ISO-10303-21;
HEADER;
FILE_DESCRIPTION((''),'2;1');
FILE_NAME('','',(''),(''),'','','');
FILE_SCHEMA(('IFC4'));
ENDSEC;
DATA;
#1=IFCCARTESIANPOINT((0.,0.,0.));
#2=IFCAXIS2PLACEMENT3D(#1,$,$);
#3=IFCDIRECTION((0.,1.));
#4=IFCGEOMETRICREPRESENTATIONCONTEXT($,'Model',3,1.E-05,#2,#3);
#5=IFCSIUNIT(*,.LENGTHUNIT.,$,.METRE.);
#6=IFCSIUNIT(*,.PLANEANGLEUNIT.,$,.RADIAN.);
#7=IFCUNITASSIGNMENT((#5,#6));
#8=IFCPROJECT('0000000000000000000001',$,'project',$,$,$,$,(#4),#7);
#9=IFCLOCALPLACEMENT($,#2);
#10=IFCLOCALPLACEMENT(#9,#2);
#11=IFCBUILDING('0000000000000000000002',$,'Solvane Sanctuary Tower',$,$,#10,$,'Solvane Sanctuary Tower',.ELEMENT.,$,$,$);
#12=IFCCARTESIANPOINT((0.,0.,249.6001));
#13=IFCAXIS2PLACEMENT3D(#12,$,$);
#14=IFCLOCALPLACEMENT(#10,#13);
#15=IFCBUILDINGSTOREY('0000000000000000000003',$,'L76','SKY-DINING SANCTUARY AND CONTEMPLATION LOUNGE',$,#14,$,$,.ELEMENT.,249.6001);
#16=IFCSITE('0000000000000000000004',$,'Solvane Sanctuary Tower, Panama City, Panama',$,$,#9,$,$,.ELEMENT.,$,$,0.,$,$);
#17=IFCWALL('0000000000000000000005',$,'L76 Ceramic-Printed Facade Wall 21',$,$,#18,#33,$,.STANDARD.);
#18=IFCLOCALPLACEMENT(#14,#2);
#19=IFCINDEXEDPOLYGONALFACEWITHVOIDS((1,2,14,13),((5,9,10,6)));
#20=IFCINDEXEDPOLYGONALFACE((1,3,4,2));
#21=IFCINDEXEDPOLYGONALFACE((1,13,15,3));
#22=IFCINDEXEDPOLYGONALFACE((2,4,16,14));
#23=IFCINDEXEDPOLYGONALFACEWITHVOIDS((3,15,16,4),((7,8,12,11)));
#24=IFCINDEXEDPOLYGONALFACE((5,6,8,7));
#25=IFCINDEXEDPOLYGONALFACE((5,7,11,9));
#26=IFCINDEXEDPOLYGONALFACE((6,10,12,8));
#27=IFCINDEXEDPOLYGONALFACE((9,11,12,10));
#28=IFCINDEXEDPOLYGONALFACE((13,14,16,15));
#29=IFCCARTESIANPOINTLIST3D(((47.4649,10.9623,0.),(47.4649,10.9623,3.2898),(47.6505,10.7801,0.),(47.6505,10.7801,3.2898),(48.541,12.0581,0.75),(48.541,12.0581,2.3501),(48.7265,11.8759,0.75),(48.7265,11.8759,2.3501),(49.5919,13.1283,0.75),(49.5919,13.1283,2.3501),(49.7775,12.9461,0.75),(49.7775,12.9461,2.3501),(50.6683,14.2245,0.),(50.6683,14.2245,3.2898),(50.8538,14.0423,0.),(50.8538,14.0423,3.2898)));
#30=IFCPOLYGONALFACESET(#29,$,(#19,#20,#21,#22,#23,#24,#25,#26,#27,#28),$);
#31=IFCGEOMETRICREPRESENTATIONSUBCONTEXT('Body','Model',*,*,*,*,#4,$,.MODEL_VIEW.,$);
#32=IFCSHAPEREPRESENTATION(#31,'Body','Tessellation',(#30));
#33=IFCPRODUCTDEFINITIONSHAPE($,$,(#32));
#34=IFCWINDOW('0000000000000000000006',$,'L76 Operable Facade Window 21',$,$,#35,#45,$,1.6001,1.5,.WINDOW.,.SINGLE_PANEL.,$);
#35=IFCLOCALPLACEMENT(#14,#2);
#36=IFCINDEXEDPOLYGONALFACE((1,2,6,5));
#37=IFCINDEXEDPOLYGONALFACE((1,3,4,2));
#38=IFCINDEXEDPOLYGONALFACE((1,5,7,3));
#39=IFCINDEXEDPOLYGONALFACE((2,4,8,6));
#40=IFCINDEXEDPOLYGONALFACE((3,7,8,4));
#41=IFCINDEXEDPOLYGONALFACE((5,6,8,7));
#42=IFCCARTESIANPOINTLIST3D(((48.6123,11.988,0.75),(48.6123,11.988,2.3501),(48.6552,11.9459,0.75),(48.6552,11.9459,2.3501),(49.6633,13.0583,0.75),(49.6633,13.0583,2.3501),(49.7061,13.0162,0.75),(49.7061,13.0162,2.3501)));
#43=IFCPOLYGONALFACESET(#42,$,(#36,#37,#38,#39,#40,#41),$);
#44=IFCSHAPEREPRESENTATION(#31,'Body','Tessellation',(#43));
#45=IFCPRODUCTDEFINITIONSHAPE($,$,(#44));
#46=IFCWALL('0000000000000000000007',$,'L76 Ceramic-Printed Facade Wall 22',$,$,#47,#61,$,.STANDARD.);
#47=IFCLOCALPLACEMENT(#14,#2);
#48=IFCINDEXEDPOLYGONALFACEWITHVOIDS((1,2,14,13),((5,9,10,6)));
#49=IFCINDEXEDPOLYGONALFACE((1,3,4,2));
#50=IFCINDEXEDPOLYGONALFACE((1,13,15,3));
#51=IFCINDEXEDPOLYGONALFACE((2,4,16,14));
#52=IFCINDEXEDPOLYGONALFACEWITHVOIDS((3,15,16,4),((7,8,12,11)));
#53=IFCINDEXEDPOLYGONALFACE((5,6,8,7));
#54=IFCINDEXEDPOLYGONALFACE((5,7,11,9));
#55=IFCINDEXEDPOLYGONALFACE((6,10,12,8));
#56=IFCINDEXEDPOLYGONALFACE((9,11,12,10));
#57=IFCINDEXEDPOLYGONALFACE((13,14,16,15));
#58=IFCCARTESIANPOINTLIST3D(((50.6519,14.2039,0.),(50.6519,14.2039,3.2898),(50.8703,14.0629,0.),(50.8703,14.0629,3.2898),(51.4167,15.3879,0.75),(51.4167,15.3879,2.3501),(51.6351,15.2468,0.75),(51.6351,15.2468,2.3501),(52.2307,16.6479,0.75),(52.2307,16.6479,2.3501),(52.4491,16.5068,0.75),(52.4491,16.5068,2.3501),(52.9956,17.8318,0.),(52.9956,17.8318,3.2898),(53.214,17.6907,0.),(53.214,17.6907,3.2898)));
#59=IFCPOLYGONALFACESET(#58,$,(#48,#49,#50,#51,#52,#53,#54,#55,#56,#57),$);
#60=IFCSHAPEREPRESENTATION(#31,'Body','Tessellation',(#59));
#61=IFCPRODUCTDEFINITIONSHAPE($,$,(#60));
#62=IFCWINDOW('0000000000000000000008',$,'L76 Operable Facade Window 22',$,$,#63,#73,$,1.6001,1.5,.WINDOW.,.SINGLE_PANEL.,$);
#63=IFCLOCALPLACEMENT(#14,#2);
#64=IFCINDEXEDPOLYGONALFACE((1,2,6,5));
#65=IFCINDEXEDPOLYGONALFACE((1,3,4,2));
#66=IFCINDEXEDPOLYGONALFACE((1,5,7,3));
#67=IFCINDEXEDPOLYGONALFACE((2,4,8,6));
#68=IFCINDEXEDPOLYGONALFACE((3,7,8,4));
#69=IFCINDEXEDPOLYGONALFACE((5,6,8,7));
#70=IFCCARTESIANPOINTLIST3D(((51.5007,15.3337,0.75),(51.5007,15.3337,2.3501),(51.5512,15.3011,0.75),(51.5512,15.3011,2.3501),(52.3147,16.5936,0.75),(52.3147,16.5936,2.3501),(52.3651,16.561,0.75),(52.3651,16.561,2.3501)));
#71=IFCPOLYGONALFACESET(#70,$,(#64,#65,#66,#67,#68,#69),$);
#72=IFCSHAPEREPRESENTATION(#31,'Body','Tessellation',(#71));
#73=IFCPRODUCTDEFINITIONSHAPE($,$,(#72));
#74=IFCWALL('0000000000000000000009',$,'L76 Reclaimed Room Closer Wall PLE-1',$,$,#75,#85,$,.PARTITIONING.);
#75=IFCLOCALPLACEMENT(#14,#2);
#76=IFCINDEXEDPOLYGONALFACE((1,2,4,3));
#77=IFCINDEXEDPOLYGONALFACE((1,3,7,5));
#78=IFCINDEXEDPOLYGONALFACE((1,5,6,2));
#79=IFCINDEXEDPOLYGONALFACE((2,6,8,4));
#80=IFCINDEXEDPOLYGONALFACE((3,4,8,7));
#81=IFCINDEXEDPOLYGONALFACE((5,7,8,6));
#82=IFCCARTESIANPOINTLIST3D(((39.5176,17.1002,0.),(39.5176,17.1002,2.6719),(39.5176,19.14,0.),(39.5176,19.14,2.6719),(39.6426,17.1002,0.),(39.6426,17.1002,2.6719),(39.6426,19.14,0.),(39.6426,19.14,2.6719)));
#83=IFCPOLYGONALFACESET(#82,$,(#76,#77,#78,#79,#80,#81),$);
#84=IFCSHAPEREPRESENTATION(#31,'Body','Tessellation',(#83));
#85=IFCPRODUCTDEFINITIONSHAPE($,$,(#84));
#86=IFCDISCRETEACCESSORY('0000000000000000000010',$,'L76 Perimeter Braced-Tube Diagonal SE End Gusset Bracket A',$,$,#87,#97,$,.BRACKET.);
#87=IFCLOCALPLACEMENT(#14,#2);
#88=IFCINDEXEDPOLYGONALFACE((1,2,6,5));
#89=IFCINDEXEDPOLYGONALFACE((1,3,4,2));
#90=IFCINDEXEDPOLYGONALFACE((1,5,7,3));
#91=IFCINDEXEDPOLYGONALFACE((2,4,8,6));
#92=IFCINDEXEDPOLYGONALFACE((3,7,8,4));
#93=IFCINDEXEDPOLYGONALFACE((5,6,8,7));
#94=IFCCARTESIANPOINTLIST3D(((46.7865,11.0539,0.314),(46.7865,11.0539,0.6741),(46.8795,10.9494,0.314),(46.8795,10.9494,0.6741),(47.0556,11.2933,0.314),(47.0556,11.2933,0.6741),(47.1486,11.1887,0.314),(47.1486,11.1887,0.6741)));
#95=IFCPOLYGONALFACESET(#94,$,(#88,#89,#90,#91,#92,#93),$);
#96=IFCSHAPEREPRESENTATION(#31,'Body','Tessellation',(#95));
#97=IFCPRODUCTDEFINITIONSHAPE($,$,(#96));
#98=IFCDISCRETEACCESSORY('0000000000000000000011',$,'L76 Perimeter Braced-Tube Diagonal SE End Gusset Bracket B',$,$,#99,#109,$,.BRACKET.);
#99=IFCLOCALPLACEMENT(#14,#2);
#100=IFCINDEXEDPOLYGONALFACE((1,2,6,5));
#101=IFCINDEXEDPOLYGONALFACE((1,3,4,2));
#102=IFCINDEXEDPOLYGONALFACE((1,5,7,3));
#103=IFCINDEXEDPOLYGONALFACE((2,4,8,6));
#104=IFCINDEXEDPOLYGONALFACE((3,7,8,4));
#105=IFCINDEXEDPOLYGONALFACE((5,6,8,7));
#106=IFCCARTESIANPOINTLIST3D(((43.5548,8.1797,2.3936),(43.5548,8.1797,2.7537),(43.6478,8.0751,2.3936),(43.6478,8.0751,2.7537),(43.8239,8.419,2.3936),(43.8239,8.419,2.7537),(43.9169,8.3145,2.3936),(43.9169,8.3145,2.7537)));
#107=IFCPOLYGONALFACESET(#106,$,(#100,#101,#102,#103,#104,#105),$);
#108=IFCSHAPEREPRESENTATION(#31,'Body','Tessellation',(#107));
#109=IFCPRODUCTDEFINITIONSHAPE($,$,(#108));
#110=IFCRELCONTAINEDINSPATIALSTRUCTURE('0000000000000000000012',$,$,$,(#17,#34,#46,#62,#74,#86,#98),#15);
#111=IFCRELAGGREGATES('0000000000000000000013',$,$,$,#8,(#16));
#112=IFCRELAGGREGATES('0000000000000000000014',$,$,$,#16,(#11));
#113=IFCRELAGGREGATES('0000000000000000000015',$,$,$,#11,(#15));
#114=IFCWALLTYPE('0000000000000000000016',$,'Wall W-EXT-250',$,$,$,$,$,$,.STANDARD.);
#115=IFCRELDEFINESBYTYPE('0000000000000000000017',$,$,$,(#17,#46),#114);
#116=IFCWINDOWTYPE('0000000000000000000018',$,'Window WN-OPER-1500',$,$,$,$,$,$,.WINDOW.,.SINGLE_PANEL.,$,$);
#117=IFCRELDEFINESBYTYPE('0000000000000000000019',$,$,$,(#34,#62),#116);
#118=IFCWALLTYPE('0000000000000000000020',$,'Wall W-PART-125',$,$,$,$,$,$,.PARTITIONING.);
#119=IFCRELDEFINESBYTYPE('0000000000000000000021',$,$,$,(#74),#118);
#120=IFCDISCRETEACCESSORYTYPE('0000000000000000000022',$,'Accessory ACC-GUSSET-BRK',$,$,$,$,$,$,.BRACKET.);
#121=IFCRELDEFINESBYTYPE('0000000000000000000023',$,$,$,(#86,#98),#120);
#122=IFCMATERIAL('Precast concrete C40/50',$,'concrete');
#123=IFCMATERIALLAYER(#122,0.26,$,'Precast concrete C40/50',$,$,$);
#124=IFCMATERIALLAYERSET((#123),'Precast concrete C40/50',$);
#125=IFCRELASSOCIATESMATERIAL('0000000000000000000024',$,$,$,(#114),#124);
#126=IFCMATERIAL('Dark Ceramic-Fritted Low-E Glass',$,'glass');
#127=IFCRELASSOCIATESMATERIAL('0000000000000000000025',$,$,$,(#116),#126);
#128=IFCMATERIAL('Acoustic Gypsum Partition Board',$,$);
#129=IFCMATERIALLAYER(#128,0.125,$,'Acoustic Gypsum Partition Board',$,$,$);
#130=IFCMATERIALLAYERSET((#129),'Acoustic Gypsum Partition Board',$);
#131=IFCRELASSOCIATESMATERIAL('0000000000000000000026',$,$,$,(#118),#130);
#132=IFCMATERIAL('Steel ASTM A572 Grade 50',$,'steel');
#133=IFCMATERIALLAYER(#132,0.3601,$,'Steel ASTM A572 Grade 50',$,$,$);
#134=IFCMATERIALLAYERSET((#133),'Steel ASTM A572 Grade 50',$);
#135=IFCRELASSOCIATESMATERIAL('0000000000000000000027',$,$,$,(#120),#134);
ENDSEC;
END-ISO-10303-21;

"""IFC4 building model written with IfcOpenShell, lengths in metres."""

from ifc_helpers import new_model, si_unit, direction, frame, frame_2d, origin, origin_2d, place, context, subcontext, project, spatial, rectangle, extrude, material, layer, layer_set, type_object, element, fill, save


model = new_model("IFC4")

# Units and contexts
model_context = context("Model", 3, precision=1e-05, world=origin(), true_north=direction((0.0, 1.0)))
body_context = subcontext(model_context, "Body", "Model", "MODEL_VIEW")
ifc_project = project(units=[si_unit("LENGTHUNIT", "METRE"), si_unit("PLANEANGLEUNIT", "RADIAN")], contexts=[model_context])

# Site, building, storey
site_placement = place(None, origin())
site = spatial("IfcSite", under=ifc_project, at=site_placement, Name="Solvane Sanctuary Tower, Panama City, Panama", CompositionType="ELEMENT", RefElevation=0.0)
building_placement = place(site_placement, origin())
building = spatial("IfcBuilding", under=site, at=building_placement, Name="Solvane Sanctuary Tower", LongName="Solvane Sanctuary Tower", CompositionType="ELEMENT")
storey_placement = place(building_placement, frame((0.0, 0.0, 249.6001)))
storey = spatial("IfcBuildingStorey", under=building, at=storey_placement, Name="L76", Description="SKY-DINING SANCTUARY AND CONTEMPLATION LOUNGE", CompositionType="ELEMENT", Elevation=249.6001)

# Shared definitions
ifc_material_1 = material(Name="Dark Ceramic-Fritted Low-E Glass", Category="glass")

# Shared definitions
ifc_material_2 = material(Name="Acoustic Gypsum Partition Board")

# Shared definitions
ifc_material_3 = material(Name="Precast concrete C40/50", Category="concrete")
ifc_layer_1 = layer(ifc_material_3, 0.26, Name="Precast concrete C40/50")
ifc_layer_set_1 = layer_set([ifc_layer_1], Name="Precast concrete C40/50")
wall_type_1 = type_object("IfcWallType", Name="Wall W-EXT-250", PredefinedType="STANDARD", material=ifc_layer_set_1)

# Walls, openings, windows
wall_1_placement = place(storey_placement, frame((47.5576, 10.8711, 0.0), z_axis=(0.0, 0.0, 1.0), x_axis=(0.700643, 0.713512, 0.0)))
wall_1 = element("IfcWall", 1, at=wall_1_placement, inside=storey, type_object=wall_type_1, Name="L76 Ceramic-Printed Facade Wall 21", PredefinedType="STANDARD", context=body_context, shape_type="SweptSolid", body=[
    extrude(rectangle(XDim=4.572, YDim=0.26, at=frame_2d((2.2861, 0.0))), origin(), (0.0, 0.0, 1.0), 3.2898),
])
opening_1_placement = place(wall_1_placement, frame((1.5359, 0.0, 0.75)))
opening_1 = element("IfcOpeningElement", 2, at=opening_1_placement, cuts=wall_1, PredefinedType="OPENING", context=body_context, shape_type="SweptSolid", body=[
    extrude(rectangle(XDim=1.5, YDim=1.6001, at=frame_2d((0.75, 0.8))), frame((0.0, 0.1399, 0.0), z_axis=(0.0, -1.0, 0.0), x_axis=(1.0, 0.0, 0.0)), (0.0, 0.0, 1.0), 0.28),
])
window_type = type_object("IfcWindowType", Name="Window WN-OPER-1500", PartitioningType="SINGLE_PANEL", PredefinedType="WINDOW", material=ifc_material_1)
window_1_placement = place(opening_1_placement, origin())
window_1 = element("IfcWindow", 3, at=window_1_placement, inside=storey, type_object=window_type, Name="L76 Operable Facade Window 21", OverallHeight=1.6001, OverallWidth=1.5, PartitioningType="SINGLE_PANEL", PredefinedType="WINDOW", context=body_context, shape_type="SweptSolid", body=[
    extrude(rectangle(XDim=1.5, YDim=1.6001, at=frame_2d((0.75, 0.8))), frame((0.0, 0.03, 0.0), z_axis=(0.0, -1.0, 0.0), x_axis=(1.0, 0.0, 0.0)), (0.0, 0.0, 1.0), 0.0601),
])
fill(opening_1, window_1)
wall_2_placement = place(storey_placement, frame((50.761, 14.1333, 0.0), z_axis=(0.0, 0.0, 1.0), x_axis=(0.542642, 0.839964, 0.0)))
wall_2 = element("IfcWall", 4, at=wall_2_placement, inside=storey, type_object=wall_type_1, Name="L76 Ceramic-Printed Facade Wall 22", PredefinedType="STANDARD", context=body_context, shape_type="SweptSolid", body=[
    extrude(rectangle(XDim=4.3191, YDim=0.26, at=frame_2d((2.1597, 0.0))), origin(), (0.0, 0.0, 1.0), 3.2898),
])
opening_2_placement = place(wall_2_placement, frame((1.4097, 0.0, 0.75)))
opening_2 = element("IfcOpeningElement", 5, at=opening_2_placement, cuts=wall_2, PredefinedType="OPENING", context=body_context, shape_type="SweptSolid", body=[
    extrude(rectangle(XDim=1.5, YDim=1.6001, at=frame_2d((0.75, 0.8))), frame((0.0, 0.1399, 0.0), z_axis=(0.0, -1.0, 0.0), x_axis=(1.0, 0.0, 0.0)), (0.0, 0.0, 1.0), 0.28),
])
window_2_placement = place(opening_2_placement, origin())
window_2 = element("IfcWindow", 6, at=window_2_placement, inside=storey, type_object=window_type, Name="L76 Operable Facade Window 22", OverallHeight=1.6001, OverallWidth=1.5, PartitioningType="SINGLE_PANEL", PredefinedType="WINDOW", context=body_context, shape_type="SweptSolid", body=[
    extrude(rectangle(XDim=1.5, YDim=1.6001, at=frame_2d((0.75, 0.8))), frame((0.0, 0.03, 0.0), z_axis=(0.0, -1.0, 0.0), x_axis=(1.0, 0.0, 0.0)), (0.0, 0.0, 1.0), 0.0601),
])
fill(opening_2, window_2)

# Wall
ifc_layer_2 = layer(ifc_material_2, 0.125, Name="Acoustic Gypsum Partition Board")
ifc_layer_set_2 = layer_set([ifc_layer_2], Name="Acoustic Gypsum Partition Board")
wall_type_2 = type_object("IfcWallType", Name="Wall W-PART-125", PredefinedType="PARTITIONING", material=ifc_layer_set_2)
wall_3_placement = place(storey_placement, frame((39.5801, 17.1001, 0.0), z_axis=(0.0, 0.0, 1.0), x_axis=(0.0, 1.0, 0.0)))
element("IfcWall", 7, at=wall_3_placement, inside=storey, type_object=wall_type_2, Name="L76 Reclaimed Room Closer Wall PLE-1", PredefinedType="PARTITIONING", context=body_context, shape_type="SweptSolid", body=[
    extrude(rectangle(XDim=2.0398, YDim=0.125, at=frame_2d((1.02, 0.0))), origin(), (0.0, 0.0, 1.0), 2.6719),
])

# Discrete accessories
ifc_material_4 = material(Name="Steel ASTM A572 Grade 50", Category="steel")
ifc_layer_3 = layer(ifc_material_4, 0.3601, Name="Steel ASTM A572 Grade 50")
ifc_layer_set_3 = layer_set([ifc_layer_3], Name="Steel ASTM A572 Grade 50")
discrete_accessory_type = type_object("IfcDiscreteAccessoryType", Name="Accessory ACC-GUSSET-BRK", PredefinedType="BRACKET", material=ifc_layer_set_3)
for number, where, z_axis, x_axis, name in (
    (8, (46.9675, 11.1213, 0.314), (0.0, 0.0, 1.0), (-0.747218, -0.664579, 0.0), "L76 Perimeter Braced-Tube Diagonal SE End Gusset Bracket A"),
    (9, (43.7358, 8.2471, 2.3936), (0.0, 0.0, 1.0), (-0.747218, -0.664579, 0.0), "L76 Perimeter Braced-Tube Diagonal SE End Gusset Bracket B"),
):
    element("IfcDiscreteAccessory", number, at=place(storey_placement, frame(where, z_axis=z_axis, x_axis=x_axis)), inside=storey, type_object=discrete_accessory_type, Name=name, PredefinedType="BRACKET", context=body_context, shape_type="SweptSolid", body=[
        extrude(rectangle(XDim=0.3601, YDim=0.1399, at=origin_2d()), origin(), (0.0, 0.0, 1.0), 0.3601),
    ])

save(model, "model.ifc")
